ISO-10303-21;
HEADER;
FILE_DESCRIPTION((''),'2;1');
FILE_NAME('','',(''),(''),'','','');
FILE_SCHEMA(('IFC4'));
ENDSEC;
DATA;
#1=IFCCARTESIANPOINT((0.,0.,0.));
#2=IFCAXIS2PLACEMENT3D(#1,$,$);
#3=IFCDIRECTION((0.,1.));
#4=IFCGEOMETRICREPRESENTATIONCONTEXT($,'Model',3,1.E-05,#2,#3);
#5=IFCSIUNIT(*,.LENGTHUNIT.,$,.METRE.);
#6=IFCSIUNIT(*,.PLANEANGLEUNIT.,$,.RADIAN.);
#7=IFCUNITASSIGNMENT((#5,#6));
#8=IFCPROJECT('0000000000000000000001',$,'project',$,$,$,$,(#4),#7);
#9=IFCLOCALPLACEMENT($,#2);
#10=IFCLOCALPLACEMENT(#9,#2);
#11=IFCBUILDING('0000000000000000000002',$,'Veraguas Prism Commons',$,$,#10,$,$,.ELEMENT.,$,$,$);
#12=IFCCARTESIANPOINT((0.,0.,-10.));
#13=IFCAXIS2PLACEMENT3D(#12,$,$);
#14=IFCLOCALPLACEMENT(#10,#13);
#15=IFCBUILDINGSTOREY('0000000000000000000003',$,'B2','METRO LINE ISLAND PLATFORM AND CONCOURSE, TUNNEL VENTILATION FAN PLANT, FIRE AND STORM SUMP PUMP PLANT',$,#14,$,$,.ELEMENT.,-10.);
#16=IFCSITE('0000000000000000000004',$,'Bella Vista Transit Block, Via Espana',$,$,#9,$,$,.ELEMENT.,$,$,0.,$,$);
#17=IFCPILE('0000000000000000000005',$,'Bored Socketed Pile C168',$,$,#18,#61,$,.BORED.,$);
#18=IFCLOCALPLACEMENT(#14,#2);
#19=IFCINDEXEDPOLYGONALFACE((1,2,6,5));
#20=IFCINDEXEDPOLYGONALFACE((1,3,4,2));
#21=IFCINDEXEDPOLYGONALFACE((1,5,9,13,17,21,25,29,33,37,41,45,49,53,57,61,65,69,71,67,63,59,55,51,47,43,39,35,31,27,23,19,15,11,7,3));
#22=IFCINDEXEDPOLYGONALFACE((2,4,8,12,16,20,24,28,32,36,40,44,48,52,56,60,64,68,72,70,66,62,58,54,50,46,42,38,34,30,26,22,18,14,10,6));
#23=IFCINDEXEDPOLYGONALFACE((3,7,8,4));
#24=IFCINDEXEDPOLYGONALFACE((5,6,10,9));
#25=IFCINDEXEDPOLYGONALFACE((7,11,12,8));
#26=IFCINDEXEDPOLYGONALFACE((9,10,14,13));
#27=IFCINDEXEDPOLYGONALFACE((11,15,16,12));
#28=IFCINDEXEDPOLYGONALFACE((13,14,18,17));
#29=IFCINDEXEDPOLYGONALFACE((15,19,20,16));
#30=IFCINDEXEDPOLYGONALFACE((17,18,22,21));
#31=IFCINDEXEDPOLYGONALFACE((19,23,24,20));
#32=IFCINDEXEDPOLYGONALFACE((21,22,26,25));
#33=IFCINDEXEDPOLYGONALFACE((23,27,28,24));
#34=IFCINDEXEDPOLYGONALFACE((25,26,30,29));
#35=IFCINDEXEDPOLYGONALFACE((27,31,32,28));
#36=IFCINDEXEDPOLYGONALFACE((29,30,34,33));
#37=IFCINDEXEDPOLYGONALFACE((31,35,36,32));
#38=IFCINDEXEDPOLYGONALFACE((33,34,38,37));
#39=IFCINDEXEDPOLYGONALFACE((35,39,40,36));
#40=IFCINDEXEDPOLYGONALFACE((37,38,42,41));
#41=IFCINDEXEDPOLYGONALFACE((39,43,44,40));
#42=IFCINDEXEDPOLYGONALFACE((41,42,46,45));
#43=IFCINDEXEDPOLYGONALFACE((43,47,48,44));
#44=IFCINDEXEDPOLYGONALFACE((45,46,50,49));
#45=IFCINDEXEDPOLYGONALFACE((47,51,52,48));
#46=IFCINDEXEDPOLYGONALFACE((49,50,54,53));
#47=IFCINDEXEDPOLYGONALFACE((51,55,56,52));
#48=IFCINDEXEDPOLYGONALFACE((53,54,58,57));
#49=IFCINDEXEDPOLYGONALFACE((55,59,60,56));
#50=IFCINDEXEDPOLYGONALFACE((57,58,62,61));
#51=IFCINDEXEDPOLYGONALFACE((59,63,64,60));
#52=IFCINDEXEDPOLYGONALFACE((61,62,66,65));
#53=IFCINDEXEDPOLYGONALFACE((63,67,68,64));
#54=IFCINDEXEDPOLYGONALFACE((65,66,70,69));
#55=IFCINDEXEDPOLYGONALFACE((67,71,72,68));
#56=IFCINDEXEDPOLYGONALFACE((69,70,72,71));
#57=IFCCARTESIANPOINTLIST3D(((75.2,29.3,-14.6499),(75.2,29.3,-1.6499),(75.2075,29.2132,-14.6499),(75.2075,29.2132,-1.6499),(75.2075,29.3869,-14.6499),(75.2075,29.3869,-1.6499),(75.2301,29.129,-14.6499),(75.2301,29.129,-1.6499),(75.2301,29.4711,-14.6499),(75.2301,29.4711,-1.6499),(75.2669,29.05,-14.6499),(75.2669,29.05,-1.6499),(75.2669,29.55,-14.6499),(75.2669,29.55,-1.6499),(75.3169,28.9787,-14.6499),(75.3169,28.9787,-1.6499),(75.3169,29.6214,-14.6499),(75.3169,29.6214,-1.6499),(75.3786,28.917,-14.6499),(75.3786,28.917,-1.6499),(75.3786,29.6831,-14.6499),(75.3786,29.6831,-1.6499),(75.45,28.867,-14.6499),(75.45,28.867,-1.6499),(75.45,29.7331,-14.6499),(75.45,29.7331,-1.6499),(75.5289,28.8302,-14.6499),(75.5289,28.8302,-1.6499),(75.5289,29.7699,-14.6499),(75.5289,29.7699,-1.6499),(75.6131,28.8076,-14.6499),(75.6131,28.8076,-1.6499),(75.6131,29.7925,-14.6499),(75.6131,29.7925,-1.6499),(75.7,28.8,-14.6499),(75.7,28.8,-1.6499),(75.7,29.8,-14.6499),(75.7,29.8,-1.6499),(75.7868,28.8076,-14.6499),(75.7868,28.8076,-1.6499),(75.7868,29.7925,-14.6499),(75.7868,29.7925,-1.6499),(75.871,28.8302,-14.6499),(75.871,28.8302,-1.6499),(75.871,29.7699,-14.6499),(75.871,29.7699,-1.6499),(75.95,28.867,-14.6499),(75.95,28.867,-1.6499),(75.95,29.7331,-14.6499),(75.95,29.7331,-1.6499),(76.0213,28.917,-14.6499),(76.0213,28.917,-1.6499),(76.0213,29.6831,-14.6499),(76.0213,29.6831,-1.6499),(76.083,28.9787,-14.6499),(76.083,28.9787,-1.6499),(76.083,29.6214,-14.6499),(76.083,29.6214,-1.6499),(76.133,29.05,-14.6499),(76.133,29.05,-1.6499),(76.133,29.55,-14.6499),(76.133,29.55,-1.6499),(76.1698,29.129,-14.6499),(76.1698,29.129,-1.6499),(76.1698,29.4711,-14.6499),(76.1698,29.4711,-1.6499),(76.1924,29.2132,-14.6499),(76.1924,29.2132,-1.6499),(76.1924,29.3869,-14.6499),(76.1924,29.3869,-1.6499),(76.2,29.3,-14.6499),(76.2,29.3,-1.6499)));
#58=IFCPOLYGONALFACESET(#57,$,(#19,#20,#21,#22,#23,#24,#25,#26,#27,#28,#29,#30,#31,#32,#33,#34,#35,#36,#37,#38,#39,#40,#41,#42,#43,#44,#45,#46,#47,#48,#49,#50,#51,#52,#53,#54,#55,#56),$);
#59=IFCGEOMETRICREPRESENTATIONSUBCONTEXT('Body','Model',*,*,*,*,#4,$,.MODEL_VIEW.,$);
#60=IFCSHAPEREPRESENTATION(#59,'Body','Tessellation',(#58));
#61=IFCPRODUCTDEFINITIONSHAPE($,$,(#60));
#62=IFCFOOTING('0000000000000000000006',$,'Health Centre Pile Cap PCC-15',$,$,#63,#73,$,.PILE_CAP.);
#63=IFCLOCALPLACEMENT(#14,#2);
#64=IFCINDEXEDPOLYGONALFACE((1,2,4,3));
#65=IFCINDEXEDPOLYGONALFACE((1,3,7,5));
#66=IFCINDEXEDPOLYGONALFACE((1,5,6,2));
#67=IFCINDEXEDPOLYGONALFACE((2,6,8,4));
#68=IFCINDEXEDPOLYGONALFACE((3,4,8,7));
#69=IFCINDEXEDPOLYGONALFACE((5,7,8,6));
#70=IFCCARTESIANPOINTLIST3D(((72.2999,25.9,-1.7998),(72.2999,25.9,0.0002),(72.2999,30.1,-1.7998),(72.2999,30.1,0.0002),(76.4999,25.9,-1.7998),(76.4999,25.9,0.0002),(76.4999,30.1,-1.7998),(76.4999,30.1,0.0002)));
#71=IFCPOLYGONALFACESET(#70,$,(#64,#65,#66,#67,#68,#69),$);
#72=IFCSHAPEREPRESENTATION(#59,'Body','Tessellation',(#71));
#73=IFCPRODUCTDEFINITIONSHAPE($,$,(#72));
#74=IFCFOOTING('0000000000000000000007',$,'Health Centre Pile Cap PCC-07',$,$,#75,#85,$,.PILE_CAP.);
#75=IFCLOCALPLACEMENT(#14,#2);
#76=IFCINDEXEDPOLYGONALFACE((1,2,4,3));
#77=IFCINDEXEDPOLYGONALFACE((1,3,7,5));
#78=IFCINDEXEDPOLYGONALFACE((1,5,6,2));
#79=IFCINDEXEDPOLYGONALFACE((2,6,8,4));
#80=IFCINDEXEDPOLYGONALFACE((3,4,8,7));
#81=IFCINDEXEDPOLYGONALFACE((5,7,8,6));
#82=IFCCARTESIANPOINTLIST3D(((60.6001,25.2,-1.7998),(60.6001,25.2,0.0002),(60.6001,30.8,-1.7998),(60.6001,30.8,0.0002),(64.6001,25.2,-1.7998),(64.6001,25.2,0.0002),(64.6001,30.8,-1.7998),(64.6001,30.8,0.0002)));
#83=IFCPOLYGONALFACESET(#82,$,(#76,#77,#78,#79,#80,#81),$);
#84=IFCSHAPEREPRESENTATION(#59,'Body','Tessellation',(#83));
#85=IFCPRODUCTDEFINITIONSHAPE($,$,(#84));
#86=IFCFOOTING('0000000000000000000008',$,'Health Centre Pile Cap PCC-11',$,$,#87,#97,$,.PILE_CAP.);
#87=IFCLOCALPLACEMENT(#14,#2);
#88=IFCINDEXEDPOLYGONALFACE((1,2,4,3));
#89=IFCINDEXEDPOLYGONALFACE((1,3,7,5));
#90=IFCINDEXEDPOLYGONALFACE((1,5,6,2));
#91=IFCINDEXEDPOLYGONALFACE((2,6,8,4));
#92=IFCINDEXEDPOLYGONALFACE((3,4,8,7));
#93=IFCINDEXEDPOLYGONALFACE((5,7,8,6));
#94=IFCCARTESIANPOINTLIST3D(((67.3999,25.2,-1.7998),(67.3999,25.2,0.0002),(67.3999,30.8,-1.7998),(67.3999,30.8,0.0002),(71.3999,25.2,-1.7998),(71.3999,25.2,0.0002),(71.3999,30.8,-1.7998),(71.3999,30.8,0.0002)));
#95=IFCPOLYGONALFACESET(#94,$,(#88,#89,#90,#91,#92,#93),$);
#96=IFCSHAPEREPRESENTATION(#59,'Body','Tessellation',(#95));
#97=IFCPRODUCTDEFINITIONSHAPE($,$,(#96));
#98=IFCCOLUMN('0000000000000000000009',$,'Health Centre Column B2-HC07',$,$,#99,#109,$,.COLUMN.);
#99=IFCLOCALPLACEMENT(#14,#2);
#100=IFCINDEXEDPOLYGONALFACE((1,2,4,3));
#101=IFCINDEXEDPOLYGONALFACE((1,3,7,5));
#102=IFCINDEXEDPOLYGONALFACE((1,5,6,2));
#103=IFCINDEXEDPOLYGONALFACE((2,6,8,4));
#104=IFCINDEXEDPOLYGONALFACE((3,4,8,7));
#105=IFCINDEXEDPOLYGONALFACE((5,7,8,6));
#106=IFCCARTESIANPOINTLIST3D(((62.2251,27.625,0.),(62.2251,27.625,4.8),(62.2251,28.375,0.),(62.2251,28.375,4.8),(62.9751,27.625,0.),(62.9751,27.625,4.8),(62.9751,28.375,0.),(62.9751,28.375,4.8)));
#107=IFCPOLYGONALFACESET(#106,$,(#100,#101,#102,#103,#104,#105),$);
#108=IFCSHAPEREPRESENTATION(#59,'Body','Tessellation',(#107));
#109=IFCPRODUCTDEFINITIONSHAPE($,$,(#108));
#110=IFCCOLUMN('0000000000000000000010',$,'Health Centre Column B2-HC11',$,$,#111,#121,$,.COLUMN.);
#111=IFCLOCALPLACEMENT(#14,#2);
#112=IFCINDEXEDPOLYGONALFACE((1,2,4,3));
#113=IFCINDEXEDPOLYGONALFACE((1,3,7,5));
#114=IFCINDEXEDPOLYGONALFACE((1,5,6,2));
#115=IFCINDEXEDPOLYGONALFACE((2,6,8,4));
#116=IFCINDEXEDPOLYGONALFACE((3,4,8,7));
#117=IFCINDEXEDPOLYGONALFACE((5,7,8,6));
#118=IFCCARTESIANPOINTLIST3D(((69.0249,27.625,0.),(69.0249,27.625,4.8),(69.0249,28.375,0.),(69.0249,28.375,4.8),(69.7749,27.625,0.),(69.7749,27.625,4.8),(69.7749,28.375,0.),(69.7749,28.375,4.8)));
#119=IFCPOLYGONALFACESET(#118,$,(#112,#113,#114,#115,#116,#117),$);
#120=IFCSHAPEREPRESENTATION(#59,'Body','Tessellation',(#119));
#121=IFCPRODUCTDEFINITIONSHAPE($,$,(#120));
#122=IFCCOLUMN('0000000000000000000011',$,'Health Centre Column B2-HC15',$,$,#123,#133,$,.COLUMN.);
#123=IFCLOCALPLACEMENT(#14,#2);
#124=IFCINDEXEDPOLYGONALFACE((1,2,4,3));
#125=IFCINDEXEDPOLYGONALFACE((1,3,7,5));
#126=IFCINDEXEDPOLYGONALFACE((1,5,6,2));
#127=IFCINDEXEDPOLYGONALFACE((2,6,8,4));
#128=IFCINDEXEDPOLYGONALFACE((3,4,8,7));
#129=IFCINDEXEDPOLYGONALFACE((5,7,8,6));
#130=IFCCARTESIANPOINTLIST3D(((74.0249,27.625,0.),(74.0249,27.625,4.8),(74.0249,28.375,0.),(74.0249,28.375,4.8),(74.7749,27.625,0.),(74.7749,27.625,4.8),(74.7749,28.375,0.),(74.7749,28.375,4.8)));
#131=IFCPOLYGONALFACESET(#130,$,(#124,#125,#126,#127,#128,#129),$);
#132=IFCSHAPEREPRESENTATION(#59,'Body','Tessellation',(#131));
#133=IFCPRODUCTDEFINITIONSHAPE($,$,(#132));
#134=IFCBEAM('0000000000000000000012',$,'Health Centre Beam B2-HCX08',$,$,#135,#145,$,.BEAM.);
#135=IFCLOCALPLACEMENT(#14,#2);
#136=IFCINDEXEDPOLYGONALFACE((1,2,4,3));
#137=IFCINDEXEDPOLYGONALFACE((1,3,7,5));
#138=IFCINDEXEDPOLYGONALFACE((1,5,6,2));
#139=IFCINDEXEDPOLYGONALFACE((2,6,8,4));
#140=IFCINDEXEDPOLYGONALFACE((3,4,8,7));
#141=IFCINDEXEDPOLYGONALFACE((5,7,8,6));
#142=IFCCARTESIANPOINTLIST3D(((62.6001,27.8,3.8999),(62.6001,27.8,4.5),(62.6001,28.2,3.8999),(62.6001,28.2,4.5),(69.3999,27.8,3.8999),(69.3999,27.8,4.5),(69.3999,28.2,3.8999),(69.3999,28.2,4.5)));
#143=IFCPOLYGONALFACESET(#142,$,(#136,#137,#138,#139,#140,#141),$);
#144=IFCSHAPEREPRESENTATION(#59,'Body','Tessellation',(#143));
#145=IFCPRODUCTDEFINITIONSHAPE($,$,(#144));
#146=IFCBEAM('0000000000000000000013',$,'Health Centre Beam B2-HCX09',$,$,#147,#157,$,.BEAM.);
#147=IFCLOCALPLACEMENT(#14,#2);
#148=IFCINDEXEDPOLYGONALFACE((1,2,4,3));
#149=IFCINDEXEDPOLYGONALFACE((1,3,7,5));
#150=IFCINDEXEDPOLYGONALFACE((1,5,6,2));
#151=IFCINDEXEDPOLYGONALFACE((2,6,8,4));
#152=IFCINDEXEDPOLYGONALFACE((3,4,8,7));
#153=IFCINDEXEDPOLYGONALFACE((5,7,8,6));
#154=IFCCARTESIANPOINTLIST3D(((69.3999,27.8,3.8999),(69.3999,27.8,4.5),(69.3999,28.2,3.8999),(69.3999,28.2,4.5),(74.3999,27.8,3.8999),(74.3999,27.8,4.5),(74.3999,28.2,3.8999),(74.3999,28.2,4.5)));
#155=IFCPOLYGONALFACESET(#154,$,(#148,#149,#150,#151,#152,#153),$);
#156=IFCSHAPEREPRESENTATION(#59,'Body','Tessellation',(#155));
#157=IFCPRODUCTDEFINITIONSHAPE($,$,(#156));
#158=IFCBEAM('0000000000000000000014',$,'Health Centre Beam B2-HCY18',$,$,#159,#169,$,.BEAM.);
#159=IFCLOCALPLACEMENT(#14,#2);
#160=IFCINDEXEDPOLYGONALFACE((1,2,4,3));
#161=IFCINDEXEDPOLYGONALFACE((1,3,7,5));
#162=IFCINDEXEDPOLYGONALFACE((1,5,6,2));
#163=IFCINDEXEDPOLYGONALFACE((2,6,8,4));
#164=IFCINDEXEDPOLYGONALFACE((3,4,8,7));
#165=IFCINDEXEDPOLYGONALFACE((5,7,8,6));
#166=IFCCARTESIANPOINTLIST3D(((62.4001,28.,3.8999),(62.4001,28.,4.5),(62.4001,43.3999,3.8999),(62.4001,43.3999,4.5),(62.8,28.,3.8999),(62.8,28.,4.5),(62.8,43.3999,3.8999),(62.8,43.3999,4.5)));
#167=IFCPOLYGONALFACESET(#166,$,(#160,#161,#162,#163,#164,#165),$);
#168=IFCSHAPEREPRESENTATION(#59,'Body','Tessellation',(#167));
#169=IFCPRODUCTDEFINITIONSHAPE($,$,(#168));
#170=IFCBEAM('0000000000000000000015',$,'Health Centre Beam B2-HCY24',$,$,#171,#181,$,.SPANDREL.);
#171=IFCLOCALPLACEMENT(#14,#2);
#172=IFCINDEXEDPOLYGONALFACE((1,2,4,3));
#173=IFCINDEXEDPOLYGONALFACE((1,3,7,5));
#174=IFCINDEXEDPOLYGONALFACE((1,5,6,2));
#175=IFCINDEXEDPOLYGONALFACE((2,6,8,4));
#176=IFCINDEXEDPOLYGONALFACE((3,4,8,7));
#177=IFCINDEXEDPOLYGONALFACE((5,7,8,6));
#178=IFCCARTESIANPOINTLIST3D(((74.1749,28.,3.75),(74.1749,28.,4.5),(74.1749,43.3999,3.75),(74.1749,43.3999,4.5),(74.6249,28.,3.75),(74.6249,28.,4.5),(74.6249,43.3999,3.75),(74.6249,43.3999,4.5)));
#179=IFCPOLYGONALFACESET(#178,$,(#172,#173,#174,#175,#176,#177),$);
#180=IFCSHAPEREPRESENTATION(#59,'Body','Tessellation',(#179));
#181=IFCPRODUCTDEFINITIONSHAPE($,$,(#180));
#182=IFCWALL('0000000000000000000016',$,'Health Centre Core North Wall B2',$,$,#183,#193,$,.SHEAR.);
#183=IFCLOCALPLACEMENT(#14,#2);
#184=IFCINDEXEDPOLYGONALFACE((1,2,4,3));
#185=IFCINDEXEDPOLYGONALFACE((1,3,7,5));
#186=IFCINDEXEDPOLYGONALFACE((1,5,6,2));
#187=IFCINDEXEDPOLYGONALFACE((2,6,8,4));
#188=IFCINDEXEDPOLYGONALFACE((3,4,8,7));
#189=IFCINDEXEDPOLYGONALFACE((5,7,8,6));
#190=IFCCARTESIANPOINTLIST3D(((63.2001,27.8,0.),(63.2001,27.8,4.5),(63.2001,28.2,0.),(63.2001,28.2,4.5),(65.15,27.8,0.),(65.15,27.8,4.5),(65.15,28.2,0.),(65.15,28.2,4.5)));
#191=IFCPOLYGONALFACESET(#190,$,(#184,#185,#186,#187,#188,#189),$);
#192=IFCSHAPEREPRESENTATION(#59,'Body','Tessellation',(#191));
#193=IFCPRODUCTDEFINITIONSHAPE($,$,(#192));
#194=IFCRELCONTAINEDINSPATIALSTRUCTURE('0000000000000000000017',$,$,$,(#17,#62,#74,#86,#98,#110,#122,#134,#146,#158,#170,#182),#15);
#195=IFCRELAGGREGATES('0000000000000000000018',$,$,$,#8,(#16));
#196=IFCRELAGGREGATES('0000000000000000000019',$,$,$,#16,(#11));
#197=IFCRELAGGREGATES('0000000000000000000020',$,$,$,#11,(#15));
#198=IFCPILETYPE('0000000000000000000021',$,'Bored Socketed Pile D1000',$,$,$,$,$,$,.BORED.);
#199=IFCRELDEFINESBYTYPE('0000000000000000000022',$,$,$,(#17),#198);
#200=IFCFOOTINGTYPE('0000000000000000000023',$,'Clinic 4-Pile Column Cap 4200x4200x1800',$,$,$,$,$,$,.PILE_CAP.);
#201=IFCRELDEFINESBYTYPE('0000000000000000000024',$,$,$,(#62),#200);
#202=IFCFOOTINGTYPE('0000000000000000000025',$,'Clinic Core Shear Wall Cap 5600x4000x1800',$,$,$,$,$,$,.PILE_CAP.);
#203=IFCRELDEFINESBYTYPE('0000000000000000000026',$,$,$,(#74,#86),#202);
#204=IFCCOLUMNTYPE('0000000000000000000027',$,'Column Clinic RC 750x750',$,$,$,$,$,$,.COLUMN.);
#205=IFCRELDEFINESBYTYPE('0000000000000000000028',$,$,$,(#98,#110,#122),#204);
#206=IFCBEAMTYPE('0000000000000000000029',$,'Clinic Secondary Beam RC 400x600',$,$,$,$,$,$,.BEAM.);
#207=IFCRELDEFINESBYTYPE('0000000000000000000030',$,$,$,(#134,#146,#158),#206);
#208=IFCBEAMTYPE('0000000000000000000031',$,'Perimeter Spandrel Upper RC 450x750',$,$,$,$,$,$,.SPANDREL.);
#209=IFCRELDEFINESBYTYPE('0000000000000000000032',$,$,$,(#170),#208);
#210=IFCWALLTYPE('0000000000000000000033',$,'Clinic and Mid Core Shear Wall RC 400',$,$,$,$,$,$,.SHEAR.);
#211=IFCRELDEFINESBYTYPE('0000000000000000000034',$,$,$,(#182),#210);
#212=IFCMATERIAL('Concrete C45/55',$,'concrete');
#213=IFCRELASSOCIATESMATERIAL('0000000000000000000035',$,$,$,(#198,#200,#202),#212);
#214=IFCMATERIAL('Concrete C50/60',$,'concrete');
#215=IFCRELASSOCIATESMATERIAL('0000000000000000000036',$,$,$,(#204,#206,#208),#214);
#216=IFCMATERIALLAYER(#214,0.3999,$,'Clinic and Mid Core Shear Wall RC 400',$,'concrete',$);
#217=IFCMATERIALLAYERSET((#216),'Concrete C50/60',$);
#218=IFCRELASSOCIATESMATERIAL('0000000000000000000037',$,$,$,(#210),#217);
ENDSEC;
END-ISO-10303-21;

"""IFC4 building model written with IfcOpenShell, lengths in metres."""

from ifc_helpers import new_model, si_unit, direction, frame, frame_2d, origin, origin_2d, place, context, subcontext, project, spatial, rectangle, circle, extrude, source, transform, mapped, material, layer, layer_set, material_profile, profile_set, type_object, element, save


model = new_model("IFC4")

# Units and contexts
model_context = context("Model", 3, precision=1e-05, world=origin(), true_north=direction((0.0, 1.0)))
body_context = subcontext(model_context, "Body", "Model", "MODEL_VIEW")
ifc_project = project(units=[si_unit("LENGTHUNIT", "METRE"), si_unit("PLANEANGLEUNIT", "RADIAN")], contexts=[model_context])

# Site, building, storey
site_placement = place(None, origin())
site = spatial("IfcSite", under=ifc_project, at=site_placement, Name="Bella Vista Transit Block, Via Espana", CompositionType="ELEMENT", RefElevation=0.0)
building_placement = place(site_placement, origin())
building = spatial("IfcBuilding", under=site, at=building_placement, Name="Veraguas Prism Commons", CompositionType="ELEMENT")
storey_placement = place(building_placement, frame((0.0, 0.0, -10.0)))
storey = spatial("IfcBuildingStorey", under=building, at=storey_placement, Name="B2", Description="METRO LINE ISLAND PLATFORM AND CONCOURSE, TUNNEL VENTILATION FAN PLANT, FIRE AND STORM SUMP PUMP PLANT", CompositionType="ELEMENT", Elevation=-10.0)

# Shared definitions
ifc_material_1 = material(Name="Concrete C45/55", Category="concrete")

# Pile
ifc_material_profile_1 = material_profile(ifc_material_1, circle(Radius=0.5, at=origin_2d()), Name="PILE1000")
ifc_profile_set_1 = profile_set([ifc_material_profile_1], Name="Concrete C45/55")
pile_type = type_object("IfcPileType", Name="Bored Socketed Pile D1000", PredefinedType="BORED", material=ifc_profile_set_1)
shared_shape_1 = source(origin(), body_context, "Body", "SweptSolid", [
    extrude(circle(Radius=0.5, at=origin_2d()), origin(), (0.0, 0.0, 1.0), 13.0),
])
for number, where, z_axis, x_axis, name in (
    (1, (75.7, 29.3, -1.6499), (0.0, 0.0, -1.0), (1.0, 0.0, 0.0), "Bored Socketed Pile C168"),
):
    element("IfcPile", number, at=place(storey_placement, frame(where, z_axis=z_axis, x_axis=x_axis)), inside=storey, type_object=pile_type, Name=name, PredefinedType="BORED", context=body_context, shape_type="MappedRepresentation", body=[
        mapped(shared_shape_1, transform((0.0, 0.0, 0.0), scale=1.0)),
    ])

# Footings
footing_type_1 = type_object("IfcFootingType", Name="Clinic 4-Pile Column Cap 4200x4200x1800", PredefinedType="PILE_CAP", material=ifc_material_1)
shared_shape_2 = source(origin(), body_context, "Body", "SweptSolid", [
    extrude(rectangle(XDim=4.2, YDim=4.2, at=origin_2d()), origin(), (0.0, 0.0, 1.0), 1.8),
])
footing_1_placement = place(storey_placement, frame((74.3999, 28.0, -1.7998), z_axis=(0.0, 0.0, 1.0), x_axis=(1.0, 0.0, 0.0)))
element("IfcFooting", 2, at=footing_1_placement, inside=storey, type_object=footing_type_1, Name="Health Centre Pile Cap PCC-15", PredefinedType="PILE_CAP", context=body_context, shape_type="MappedRepresentation", body=[
    mapped(shared_shape_2, transform((0.0, 0.0, 0.0), scale=1.0)),
])
footing_type_2 = type_object("IfcFootingType", Name="Clinic Core Shear Wall Cap 5600x4000x1800", PredefinedType="PILE_CAP", material=ifc_material_1)
shared_shape_3 = source(origin(), body_context, "Body", "SweptSolid", [
    extrude(rectangle(XDim=4.0, YDim=5.6001, at=origin_2d()), origin(), (0.0, 0.0, 1.0), 1.8),
])
for number, where, z_axis, x_axis, name in (
    (3, (62.6001, 28.0, -1.7998), (0.0, 0.0, 1.0), (1.0, 0.0, 0.0), "Health Centre Pile Cap PCC-07"),
    (4, (69.3999, 28.0, -1.7998), (0.0, 0.0, 1.0), (1.0, 0.0, 0.0), "Health Centre Pile Cap PCC-11"),
):
    element("IfcFooting", number, at=place(storey_placement, frame(where, z_axis=z_axis, x_axis=x_axis)), inside=storey, type_object=footing_type_2, Name=name, PredefinedType="PILE_CAP", context=body_context, shape_type="MappedRepresentation", body=[
        mapped(shared_shape_3, transform((0.0, 0.0, 0.0), scale=1.0)),
    ])

# Columns
ifc_material_2 = material(Name="Concrete C50/60", Category="concrete")
ifc_material_profile_2 = material_profile(ifc_material_2, rectangle(XDim=0.75, YDim=0.75, at=origin_2d()), Name="RC750X750")
ifc_profile_set_2 = profile_set([ifc_material_profile_2], Name="Concrete C50/60")
column_type = type_object("IfcColumnType", Name="Column Clinic RC 750x750", PredefinedType="COLUMN", material=ifc_profile_set_2)
for number, where, z_axis, x_axis, name in (
    (5, (62.6001, 28.0, 0.0), (0.0, 0.0, 1.0), (1.0, 0.0, 0.0), "Health Centre Column B2-HC07"),
    (6, (69.3999, 28.0, 0.0), (0.0, 0.0, 1.0), (1.0, 0.0, 0.0), "Health Centre Column B2-HC11"),
    (7, (74.3999, 28.0, 0.0), (0.0, 0.0, 1.0), (1.0, 0.0, 0.0), "Health Centre Column B2-HC15"),
):
    element("IfcColumn", number, at=place(storey_placement, frame(where, z_axis=z_axis, x_axis=x_axis)), inside=storey, type_object=column_type, Name=name, PredefinedType="COLUMN", context=body_context, shape_type="SweptSolid", body=[
        extrude(rectangle(XDim=0.75, YDim=0.75, at=origin_2d()), origin(), (0.0, 0.0, 1.0), 4.8),
    ])

# Beams
ifc_material_profile_3 = material_profile(ifc_material_2, rectangle(XDim=0.3999, YDim=0.6001, at=origin_2d()), Name="RC400X600")
ifc_profile_set_3 = profile_set([ifc_material_profile_3], Name="Concrete C50/60")
beam_type_1 = type_object("IfcBeamType", Name="Clinic Secondary Beam RC 400x600", PredefinedType="BEAM", material=ifc_profile_set_3)
beam_1_placement = place(storey_placement, frame((62.6001, 28.0, 4.2), z_axis=(1.0, 0.0, 0.0), x_axis=(0.0, 1.0, 0.0)))
element("IfcBeam", 8, at=beam_1_placement, inside=storey, type_object=beam_type_1, Name="Health Centre Beam B2-HCX08", PredefinedType="BEAM", context=body_context, shape_type="SweptSolid", body=[
    extrude(rectangle(XDim=0.3999, YDim=0.6001, at=origin_2d()), origin(), (0.0, 0.0, 1.0), 6.7998),
])
beam_2_placement = place(storey_placement, frame((69.3999, 28.0, 4.2), z_axis=(1.0, 0.0, 0.0), x_axis=(0.0, 1.0, 0.0)))
element("IfcBeam", 9, at=beam_2_placement, inside=storey, type_object=beam_type_1, Name="Health Centre Beam B2-HCX09", PredefinedType="BEAM", context=body_context, shape_type="SweptSolid", body=[
    extrude(rectangle(XDim=0.3999, YDim=0.6001, at=origin_2d()), origin(), (0.0, 0.0, 1.0), 5.0),
])
beam_3_placement = place(storey_placement, frame((62.6001, 28.0, 4.2), z_axis=(0.0, 1.0, 0.0), x_axis=(-1.0, 0.0, 0.0)))
element("IfcBeam", 10, at=beam_3_placement, inside=storey, type_object=beam_type_1, Name="Health Centre Beam B2-HCY18", PredefinedType="BEAM", context=body_context, shape_type="SweptSolid", body=[
    extrude(rectangle(XDim=0.3999, YDim=0.6001, at=origin_2d()), origin(), (0.0, 0.0, 1.0), 15.3999),
])
ifc_material_profile_4 = material_profile(ifc_material_2, rectangle(XDim=0.45, YDim=0.75, at=origin_2d()), Name="RC450X750")
ifc_profile_set_4 = profile_set([ifc_material_profile_4], Name="Concrete C50/60")
beam_type_2 = type_object("IfcBeamType", Name="Perimeter Spandrel Upper RC 450x750", PredefinedType="SPANDREL", material=ifc_profile_set_4)
beam_4_placement = place(storey_placement, frame((74.3999, 28.0, 4.125), z_axis=(0.0, 1.0, 0.0), x_axis=(-1.0, 0.0, 0.0)))
element("IfcBeam", 11, at=beam_4_placement, inside=storey, type_object=beam_type_2, Name="Health Centre Beam B2-HCY24", PredefinedType="SPANDREL", context=body_context, shape_type="SweptSolid", body=[
    extrude(rectangle(XDim=0.45, YDim=0.75, at=origin_2d()), origin(), (0.0, 0.0, 1.0), 15.3999),
])

# Wall
ifc_layer = layer(ifc_material_2, 0.3999, Name="Clinic and Mid Core Shear Wall RC 400", Category="concrete")
ifc_layer_set = layer_set([ifc_layer], Name="Concrete C50/60")
wall_type = type_object("IfcWallType", Name="Clinic and Mid Core Shear Wall RC 400", PredefinedType="SHEAR", material=ifc_layer_set)
wall_1_placement = place(storey_placement, frame((63.2, 28.0, 0.0), z_axis=(0.0, 0.0, 1.0), x_axis=(1.0, 0.0, 0.0)))
element("IfcWall", 12, at=wall_1_placement, inside=storey, type_object=wall_type, Name="Health Centre Core North Wall B2", PredefinedType="SHEAR", context=body_context, shape_type="SweptSolid", body=[
    extrude(rectangle(XDim=1.95, YDim=0.3999, at=frame_2d((0.9751, 0.0))), origin(), (0.0, 0.0, 1.0), 4.5),
])

save(model, "model.ifc")
